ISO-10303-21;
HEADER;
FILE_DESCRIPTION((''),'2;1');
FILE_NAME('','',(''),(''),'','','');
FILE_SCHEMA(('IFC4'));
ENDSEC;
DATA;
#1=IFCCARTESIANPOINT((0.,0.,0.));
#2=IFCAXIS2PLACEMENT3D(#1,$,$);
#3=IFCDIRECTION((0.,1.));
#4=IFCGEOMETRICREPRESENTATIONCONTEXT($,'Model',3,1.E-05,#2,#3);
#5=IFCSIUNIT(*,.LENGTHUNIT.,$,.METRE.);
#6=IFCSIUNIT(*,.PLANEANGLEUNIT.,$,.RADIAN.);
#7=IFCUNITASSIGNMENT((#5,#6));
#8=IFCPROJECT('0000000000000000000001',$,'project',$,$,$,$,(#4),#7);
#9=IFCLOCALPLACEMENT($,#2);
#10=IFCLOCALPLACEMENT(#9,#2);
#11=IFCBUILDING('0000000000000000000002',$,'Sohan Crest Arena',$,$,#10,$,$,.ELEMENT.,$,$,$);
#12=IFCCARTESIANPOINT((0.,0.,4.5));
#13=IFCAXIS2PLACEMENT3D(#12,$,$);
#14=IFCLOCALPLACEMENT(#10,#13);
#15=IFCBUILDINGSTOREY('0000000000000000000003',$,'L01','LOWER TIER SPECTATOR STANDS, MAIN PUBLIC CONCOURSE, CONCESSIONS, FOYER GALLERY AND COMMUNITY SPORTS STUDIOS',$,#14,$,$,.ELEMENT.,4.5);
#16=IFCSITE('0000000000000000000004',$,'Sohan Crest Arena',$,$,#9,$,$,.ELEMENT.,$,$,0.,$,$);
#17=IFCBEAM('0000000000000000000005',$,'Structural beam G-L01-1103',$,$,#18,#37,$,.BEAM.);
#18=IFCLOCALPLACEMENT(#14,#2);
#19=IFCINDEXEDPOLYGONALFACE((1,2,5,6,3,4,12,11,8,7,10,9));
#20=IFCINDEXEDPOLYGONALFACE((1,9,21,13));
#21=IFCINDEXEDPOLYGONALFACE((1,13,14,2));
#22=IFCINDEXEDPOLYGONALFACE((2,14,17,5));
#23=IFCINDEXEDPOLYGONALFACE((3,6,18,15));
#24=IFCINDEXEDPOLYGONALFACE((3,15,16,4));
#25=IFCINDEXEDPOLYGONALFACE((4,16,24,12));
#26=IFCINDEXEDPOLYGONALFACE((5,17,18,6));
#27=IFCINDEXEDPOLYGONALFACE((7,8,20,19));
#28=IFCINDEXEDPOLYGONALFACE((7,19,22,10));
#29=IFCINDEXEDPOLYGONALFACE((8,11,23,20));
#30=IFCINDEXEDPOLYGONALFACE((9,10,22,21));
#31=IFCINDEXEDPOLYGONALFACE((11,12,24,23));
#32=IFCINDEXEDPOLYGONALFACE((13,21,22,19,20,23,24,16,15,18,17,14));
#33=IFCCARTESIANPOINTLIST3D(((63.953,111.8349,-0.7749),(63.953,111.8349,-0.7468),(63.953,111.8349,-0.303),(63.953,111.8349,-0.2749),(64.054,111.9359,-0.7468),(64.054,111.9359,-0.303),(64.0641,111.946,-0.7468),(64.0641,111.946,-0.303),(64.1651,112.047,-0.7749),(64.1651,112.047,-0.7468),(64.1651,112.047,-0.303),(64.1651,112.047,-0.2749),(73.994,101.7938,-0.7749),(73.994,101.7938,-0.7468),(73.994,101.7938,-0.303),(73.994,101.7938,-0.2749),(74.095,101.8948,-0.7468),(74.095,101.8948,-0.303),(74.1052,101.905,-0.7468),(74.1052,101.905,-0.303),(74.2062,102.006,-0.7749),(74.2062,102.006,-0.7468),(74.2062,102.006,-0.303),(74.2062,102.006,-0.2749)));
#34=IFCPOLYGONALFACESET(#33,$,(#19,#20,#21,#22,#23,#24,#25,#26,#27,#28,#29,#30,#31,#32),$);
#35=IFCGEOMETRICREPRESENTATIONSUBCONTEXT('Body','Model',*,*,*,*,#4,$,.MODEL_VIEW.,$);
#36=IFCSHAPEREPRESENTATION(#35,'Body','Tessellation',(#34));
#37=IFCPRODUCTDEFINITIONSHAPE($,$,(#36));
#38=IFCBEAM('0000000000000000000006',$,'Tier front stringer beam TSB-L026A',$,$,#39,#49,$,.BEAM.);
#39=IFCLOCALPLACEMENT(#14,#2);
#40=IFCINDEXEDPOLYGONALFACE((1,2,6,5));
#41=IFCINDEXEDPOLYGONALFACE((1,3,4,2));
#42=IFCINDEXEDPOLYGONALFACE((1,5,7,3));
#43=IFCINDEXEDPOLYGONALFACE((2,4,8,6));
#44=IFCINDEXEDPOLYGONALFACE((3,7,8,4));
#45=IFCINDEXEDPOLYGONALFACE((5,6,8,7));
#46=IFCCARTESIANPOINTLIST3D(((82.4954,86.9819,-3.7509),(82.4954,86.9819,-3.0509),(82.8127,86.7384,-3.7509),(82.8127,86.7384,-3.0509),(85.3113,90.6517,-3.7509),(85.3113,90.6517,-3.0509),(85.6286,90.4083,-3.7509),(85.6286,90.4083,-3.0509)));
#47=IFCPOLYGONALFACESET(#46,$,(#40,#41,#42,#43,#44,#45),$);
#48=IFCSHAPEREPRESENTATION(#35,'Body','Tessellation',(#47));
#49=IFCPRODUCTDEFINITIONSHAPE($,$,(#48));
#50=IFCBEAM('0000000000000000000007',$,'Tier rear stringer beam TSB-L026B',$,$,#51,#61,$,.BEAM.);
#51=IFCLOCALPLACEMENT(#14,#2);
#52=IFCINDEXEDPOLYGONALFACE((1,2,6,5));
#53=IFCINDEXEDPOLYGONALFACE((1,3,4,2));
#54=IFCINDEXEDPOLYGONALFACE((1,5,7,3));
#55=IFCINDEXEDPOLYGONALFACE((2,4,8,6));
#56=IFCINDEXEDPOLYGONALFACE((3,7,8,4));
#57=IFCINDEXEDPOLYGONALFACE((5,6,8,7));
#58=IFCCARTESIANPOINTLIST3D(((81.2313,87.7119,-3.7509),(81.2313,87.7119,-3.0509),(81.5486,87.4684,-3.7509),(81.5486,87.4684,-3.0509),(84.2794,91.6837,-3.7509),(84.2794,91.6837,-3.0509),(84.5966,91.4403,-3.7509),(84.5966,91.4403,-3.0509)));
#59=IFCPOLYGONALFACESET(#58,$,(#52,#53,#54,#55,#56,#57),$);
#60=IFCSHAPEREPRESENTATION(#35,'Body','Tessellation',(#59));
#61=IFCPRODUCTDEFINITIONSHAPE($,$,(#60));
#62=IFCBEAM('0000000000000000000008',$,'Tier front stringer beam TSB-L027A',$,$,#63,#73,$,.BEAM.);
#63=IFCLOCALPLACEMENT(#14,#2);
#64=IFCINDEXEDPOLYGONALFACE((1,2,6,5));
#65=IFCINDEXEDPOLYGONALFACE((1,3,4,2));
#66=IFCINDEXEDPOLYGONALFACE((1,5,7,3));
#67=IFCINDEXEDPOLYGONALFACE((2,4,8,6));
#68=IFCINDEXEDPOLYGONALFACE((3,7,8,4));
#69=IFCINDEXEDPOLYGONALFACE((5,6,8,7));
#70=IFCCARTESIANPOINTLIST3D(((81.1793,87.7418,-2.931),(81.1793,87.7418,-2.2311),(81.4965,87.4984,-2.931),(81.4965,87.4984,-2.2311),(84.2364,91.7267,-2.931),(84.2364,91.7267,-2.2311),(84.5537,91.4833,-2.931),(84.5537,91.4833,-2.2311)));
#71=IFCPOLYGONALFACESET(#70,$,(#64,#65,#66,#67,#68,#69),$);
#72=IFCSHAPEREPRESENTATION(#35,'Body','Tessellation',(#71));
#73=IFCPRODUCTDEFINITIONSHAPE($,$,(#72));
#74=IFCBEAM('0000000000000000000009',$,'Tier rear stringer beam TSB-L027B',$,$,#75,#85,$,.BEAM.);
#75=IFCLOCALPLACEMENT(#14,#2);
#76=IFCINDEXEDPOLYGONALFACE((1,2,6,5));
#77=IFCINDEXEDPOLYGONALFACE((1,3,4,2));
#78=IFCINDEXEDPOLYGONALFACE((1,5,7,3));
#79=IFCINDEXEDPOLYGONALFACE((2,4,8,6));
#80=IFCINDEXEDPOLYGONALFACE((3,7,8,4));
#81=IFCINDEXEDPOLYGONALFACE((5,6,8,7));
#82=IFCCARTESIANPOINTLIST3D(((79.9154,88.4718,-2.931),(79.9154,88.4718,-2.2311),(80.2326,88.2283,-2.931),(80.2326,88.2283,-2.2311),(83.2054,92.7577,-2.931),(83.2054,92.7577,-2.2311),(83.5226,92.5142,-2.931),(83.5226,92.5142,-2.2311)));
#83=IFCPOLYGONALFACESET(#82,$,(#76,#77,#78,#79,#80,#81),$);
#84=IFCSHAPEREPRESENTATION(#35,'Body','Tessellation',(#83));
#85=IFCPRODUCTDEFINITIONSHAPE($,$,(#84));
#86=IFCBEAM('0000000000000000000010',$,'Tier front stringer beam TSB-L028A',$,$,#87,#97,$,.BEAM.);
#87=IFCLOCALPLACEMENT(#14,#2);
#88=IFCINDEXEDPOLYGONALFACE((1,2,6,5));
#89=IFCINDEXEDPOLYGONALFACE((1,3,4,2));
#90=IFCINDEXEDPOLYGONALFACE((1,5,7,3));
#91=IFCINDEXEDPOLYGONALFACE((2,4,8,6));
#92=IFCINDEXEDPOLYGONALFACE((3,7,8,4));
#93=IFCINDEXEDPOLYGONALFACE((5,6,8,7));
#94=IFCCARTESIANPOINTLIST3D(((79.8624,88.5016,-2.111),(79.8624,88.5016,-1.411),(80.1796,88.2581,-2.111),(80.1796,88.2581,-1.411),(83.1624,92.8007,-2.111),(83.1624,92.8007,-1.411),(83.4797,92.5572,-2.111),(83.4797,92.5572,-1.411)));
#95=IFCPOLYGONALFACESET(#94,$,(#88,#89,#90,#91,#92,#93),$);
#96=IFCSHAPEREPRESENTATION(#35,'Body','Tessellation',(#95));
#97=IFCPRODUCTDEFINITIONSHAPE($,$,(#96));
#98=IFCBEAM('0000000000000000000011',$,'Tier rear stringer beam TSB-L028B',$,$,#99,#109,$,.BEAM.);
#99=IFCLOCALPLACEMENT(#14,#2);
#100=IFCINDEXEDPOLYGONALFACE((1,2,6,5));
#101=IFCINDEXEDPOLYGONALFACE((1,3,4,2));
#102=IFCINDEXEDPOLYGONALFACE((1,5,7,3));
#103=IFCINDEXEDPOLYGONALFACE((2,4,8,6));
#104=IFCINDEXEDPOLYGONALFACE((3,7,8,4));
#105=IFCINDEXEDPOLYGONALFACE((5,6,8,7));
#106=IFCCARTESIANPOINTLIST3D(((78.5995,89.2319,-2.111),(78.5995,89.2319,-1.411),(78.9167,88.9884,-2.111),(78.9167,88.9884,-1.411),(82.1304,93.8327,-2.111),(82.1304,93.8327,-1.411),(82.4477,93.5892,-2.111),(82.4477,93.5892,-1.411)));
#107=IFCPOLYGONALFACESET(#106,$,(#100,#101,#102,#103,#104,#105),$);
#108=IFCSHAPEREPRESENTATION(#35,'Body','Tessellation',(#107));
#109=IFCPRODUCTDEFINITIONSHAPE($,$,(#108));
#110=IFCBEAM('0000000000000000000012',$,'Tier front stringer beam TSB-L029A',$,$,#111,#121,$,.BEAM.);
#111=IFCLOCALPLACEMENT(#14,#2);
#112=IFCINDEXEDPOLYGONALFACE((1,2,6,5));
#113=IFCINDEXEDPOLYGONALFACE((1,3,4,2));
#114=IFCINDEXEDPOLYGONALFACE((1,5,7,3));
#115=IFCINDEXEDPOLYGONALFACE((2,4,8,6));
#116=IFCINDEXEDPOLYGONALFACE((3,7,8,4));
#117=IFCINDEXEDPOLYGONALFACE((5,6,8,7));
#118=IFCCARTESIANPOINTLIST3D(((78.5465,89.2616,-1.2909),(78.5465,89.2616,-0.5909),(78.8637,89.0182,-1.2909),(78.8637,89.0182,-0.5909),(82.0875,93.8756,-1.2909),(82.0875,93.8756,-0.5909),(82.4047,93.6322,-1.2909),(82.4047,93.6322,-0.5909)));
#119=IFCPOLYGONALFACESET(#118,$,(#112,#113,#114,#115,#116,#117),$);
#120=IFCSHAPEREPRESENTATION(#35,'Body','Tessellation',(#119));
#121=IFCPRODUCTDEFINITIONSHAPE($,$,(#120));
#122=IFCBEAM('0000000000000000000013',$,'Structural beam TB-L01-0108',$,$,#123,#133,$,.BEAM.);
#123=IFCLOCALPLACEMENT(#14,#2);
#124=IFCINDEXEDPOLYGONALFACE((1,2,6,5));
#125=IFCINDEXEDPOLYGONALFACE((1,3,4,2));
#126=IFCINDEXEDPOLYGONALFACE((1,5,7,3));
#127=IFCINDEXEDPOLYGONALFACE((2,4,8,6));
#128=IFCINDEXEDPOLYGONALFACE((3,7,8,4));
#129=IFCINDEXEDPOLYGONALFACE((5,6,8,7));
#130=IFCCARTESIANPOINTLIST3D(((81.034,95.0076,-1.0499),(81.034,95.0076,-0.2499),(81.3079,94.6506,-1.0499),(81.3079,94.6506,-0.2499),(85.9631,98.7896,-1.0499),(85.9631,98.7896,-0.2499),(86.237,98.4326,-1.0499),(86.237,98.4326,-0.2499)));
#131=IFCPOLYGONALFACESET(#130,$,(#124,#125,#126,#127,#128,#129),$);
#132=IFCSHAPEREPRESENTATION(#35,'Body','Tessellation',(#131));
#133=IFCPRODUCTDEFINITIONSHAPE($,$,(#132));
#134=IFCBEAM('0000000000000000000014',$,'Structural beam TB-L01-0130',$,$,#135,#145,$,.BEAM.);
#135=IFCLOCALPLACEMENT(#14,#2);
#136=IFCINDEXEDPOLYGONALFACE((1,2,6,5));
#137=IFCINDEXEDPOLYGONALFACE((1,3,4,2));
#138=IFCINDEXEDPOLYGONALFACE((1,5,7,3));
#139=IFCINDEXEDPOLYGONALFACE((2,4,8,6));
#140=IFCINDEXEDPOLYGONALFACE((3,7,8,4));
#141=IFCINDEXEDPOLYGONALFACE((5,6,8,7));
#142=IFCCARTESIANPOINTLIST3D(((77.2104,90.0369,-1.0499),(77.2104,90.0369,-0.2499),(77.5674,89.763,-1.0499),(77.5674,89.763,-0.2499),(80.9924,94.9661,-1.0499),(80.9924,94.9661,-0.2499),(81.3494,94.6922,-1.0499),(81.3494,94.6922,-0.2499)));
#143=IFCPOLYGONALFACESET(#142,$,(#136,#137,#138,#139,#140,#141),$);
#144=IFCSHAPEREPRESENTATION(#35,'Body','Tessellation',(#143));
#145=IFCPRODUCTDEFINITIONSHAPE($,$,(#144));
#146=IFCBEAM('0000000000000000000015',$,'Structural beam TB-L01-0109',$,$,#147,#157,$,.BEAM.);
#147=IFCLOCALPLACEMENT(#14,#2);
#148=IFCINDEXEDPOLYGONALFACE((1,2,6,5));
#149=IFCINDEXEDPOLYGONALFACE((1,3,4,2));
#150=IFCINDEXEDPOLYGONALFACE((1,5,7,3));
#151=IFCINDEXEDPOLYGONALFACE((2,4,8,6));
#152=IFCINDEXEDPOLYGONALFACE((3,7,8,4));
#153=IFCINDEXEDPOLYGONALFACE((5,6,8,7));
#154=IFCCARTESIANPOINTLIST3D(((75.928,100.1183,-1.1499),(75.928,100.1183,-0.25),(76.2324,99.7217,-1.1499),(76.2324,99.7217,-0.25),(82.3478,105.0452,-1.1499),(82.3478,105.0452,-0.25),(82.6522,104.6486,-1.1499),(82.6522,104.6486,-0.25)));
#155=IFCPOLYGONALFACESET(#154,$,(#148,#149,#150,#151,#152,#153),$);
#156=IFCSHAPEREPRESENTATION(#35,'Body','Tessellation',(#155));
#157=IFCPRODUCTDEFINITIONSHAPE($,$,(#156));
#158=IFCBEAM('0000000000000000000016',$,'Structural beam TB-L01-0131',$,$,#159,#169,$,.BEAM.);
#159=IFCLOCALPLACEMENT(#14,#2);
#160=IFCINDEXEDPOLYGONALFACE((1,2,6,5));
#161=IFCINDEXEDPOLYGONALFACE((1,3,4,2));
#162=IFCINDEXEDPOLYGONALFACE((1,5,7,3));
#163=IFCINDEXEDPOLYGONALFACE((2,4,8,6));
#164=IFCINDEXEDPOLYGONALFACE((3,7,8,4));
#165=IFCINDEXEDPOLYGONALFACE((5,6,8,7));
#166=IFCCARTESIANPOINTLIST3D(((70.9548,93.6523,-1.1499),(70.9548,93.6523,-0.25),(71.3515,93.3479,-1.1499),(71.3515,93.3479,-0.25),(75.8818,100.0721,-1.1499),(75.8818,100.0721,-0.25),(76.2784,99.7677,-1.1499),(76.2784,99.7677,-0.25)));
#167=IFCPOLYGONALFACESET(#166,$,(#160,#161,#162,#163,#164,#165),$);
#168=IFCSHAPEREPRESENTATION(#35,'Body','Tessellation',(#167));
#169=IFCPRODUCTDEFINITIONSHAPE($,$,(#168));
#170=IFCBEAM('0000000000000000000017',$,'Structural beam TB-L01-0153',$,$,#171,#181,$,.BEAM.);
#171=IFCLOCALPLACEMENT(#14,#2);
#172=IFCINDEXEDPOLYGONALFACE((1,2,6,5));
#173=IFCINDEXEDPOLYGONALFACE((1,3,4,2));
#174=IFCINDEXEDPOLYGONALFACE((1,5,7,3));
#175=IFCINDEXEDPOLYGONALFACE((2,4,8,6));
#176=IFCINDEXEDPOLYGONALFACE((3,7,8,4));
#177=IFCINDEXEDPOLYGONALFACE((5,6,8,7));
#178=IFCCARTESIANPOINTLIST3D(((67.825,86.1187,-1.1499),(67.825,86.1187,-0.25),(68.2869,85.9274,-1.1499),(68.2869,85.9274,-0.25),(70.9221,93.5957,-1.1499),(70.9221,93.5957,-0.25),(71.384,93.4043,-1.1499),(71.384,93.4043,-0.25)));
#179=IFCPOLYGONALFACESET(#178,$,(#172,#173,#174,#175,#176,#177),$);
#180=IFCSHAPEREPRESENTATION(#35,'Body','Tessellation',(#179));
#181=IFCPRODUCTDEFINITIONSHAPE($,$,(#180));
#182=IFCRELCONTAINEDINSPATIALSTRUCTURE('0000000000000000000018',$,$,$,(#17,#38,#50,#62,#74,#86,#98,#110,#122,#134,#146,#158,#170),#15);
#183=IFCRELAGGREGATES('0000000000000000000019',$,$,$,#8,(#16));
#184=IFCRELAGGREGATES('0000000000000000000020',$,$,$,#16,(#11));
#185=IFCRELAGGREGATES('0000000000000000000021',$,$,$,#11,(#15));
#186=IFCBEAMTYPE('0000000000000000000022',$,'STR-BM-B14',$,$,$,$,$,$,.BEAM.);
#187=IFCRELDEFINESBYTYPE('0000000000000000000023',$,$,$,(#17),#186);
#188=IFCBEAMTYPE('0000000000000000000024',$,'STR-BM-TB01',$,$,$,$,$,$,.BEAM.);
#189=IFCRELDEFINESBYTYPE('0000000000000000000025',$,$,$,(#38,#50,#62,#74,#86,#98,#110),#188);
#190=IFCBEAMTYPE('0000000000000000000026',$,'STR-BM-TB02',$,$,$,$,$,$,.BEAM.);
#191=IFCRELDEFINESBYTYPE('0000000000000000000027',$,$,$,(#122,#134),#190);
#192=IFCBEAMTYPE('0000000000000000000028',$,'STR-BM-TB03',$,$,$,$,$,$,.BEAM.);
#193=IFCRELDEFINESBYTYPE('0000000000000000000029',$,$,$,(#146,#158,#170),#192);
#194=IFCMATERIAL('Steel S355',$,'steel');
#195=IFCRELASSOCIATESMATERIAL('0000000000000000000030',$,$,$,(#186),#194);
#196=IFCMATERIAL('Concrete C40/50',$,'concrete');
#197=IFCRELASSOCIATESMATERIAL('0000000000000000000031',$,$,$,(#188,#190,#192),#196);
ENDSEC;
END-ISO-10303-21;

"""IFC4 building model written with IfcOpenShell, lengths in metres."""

from ifc_helpers import new_model, si_unit, direction, frame, origin, origin_2d, place, context, subcontext, project, spatial, rectangle, i_section, extrude, material, material_profile, profile_set, type_object, element, save


model = new_model("IFC4")

# Units and contexts
model_context = context("Model", 3, precision=1e-05, world=origin(), true_north=direction((0.0, 1.0)))
body_context = subcontext(model_context, "Body", "Model", "MODEL_VIEW")
ifc_project = project(units=[si_unit("LENGTHUNIT", "METRE"), si_unit("PLANEANGLEUNIT", "RADIAN")], contexts=[model_context])

# Site, building, storey
site_placement = place(None, origin())
site = spatial("IfcSite", under=ifc_project, at=site_placement, Name="Sohan Crest Arena", CompositionType="ELEMENT", RefElevation=0.0)
building_placement = place(site_placement, origin())
building = spatial("IfcBuilding", under=site, at=building_placement, Name="Sohan Crest Arena", CompositionType="ELEMENT")
storey_placement = place(building_placement, frame((0.0, 0.0, 4.5)))
storey = spatial("IfcBuildingStorey", under=building, at=storey_placement, Name="L01", Description="LOWER TIER SPECTATOR STANDS, MAIN PUBLIC CONCOURSE, CONCESSIONS, FOYER GALLERY AND COMMUNITY SPORTS STUDIOS", CompositionType="ELEMENT", Elevation=4.5)

# Shared definitions
ifc_material_1 = material(Name="Concrete C40/50", Category="concrete")
ifc_material_2 = material(Name="Steel S355", Category="steel")

# Beams
ifc_material_profile_1 = material_profile(ifc_material_2, i_section(OverallWidth=0.3, OverallDepth=0.5, WebThickness=0.0144, FlangeThickness=0.0281, at=origin_2d()), Name="HEB 500")
ifc_profile_set_1 = profile_set([ifc_material_profile_1], Name="Steel S355")
beam_type_1 = type_object("IfcBeamType", Name="STR-BM-B14", PredefinedType="BEAM", material=ifc_profile_set_1)
beam_1_placement = place(storey_placement, frame((74.1001, 101.8999, -0.5249), z_axis=(-0.707107, 0.707107, 0.0), x_axis=(-0.707107, -0.707107, 0.0)))
element("IfcBeam", 1, at=beam_1_placement, inside=storey, type_object=beam_type_1, Name="Structural beam G-L01-1103", PredefinedType="BEAM", context=body_context, shape_type="SweptSolid", body=[
    extrude(i_section(OverallWidth=0.3, OverallDepth=0.5, WebThickness=0.0144, FlangeThickness=0.0281, at=origin_2d()), origin(), (0.0, 0.0, 1.0), 14.2002),
])
ifc_material_profile_2 = material_profile(ifc_material_1, rectangle(XDim=0.3999, YDim=0.7, at=origin_2d()), Name="RC-BM 400x700")
ifc_profile_set_2 = profile_set([ifc_material_profile_2], Name="Concrete C40/50")
beam_type_2 = type_object("IfcBeamType", Name="STR-BM-TB01", PredefinedType="BEAM", material=ifc_profile_set_2)
beam_2_placement = place(storey_placement, frame((85.47, 90.53, -3.4009), z_axis=(-0.608746, -0.793365, 0.0), x_axis=(0.793365, -0.608746, 0.0)))
element("IfcBeam", 2, at=beam_2_placement, inside=storey, type_object=beam_type_2, Name="Tier front stringer beam TSB-L026A", PredefinedType="BEAM", context=body_context, shape_type="SweptSolid", body=[
    extrude(rectangle(XDim=0.3999, YDim=0.7, at=origin_2d()), origin(), (0.0, 0.0, 1.0), 4.6257),
])
beam_3_placement = place(storey_placement, frame((84.438, 91.562, -3.4009), z_axis=(-0.608803, -0.793321, 0.0), x_axis=(0.793321, -0.608803, 0.0)))
element("IfcBeam", 3, at=beam_3_placement, inside=storey, type_object=beam_type_2, Name="Tier rear stringer beam TSB-L026B", PredefinedType="BEAM", context=body_context, shape_type="SweptSolid", body=[
    extrude(rectangle(XDim=0.3999, YDim=0.7, at=origin_2d()), origin(), (0.0, 0.0, 1.0), 5.0066),
])
beam_4_placement = place(storey_placement, frame((84.395, 91.605, -2.5811), z_axis=(-0.608691, -0.793408, 0.0), x_axis=(0.793408, -0.608691, 0.0)))
element("IfcBeam", 4, at=beam_4_placement, inside=storey, type_object=beam_type_2, Name="Tier front stringer beam TSB-L027A", PredefinedType="BEAM", context=body_context, shape_type="SweptSolid", body=[
    extrude(rectangle(XDim=0.3999, YDim=0.7, at=origin_2d()), origin(), (0.0, 0.0, 1.0), 5.0225),
])
beam_5_placement = place(storey_placement, frame((83.364, 92.636, -2.5811), z_axis=(-0.60892, -0.793232, 0.0), x_axis=(0.793232, -0.60892, 0.0)))
element("IfcBeam", 5, at=beam_5_placement, inside=storey, type_object=beam_type_2, Name="Tier rear stringer beam TSB-L027B", PredefinedType="BEAM", context=body_context, shape_type="SweptSolid", body=[
    extrude(rectangle(XDim=0.3999, YDim=0.7, at=origin_2d()), origin(), (0.0, 0.0, 1.0), 5.4031),
])
beam_6_placement = place(storey_placement, frame((83.321, 92.679, -1.761), z_axis=(-0.608907, -0.793242, 0.0), x_axis=(0.793242, -0.608907, 0.0)))
element("IfcBeam", 6, at=beam_6_placement, inside=storey, type_object=beam_type_2, Name="Tier front stringer beam TSB-L028A", PredefinedType="BEAM", context=body_context, shape_type="SweptSolid", body=[
    extrude(rectangle(XDim=0.3999, YDim=0.7, at=origin_2d()), origin(), (0.0, 0.0, 1.0), 5.4197),
])
beam_7_placement = place(storey_placement, frame((82.2891, 93.7109, -1.761), z_axis=(-0.608834, -0.793298, 0.0), x_axis=(0.793298, -0.608834, 0.0)))
element("IfcBeam", 7, at=beam_7_placement, inside=storey, type_object=beam_type_2, Name="Tier rear stringer beam TSB-L028B", PredefinedType="BEAM", context=body_context, shape_type="SweptSolid", body=[
    extrude(rectangle(XDim=0.3999, YDim=0.7, at=origin_2d()), origin(), (0.0, 0.0, 1.0), 5.7996),
])
beam_8_placement = place(storey_placement, frame((82.2461, 93.7539, -0.9409), z_axis=(-0.608822, -0.793307, 0.0), x_axis=(0.793307, -0.608822, 0.0)))
element("IfcBeam", 8, at=beam_8_placement, inside=storey, type_object=beam_type_2, Name="Tier front stringer beam TSB-L029A", PredefinedType="BEAM", context=body_context, shape_type="SweptSolid", body=[
    extrude(rectangle(XDim=0.3999, YDim=0.7, at=origin_2d()), origin(), (0.0, 0.0, 1.0), 5.8162),
])
ifc_material_profile_3 = material_profile(ifc_material_1, rectangle(XDim=0.45, YDim=0.8, at=origin_2d()), Name="RC-BM 450x800")
ifc_profile_set_3 = profile_set([ifc_material_profile_3], Name="Concrete C40/50")
beam_type_3 = type_object("IfcBeamType", Name="STR-BM-TB02", PredefinedType="BEAM", material=ifc_profile_set_3)
for number, where, z_axis, x_axis, name in (
    (9, (86.1001, 98.6111, -0.6499), (-0.793379, -0.608728, 0.0), (0.608728, -0.793379, 0.0), "Structural beam TB-L01-0108"),
    (10, (81.1709, 94.8291, -0.6499), (-0.608728, -0.793379, 0.0), (0.793379, -0.608728, 0.0), "Structural beam TB-L01-0130"),
):
    element("IfcBeam", number, at=place(storey_placement, frame(where, z_axis=z_axis, x_axis=x_axis)), inside=storey, type_object=beam_type_3, Name=name, PredefinedType="BEAM", context=body_context, shape_type="SweptSolid", body=[
        extrude(rectangle(XDim=0.45, YDim=0.8, at=origin_2d()), origin(), (0.0, 0.0, 1.0), 6.2129),
    ])
ifc_material_profile_4 = material_profile(ifc_material_1, rectangle(XDim=0.5, YDim=0.8999, at=origin_2d()), Name="RC-BM 500x900")
ifc_profile_set_4 = profile_set([ifc_material_profile_4], Name="Concrete C40/50")
beam_type_4 = type_object("IfcBeamType", Name="STR-BM-TB03", PredefinedType="BEAM", material=ifc_profile_set_4)
for number, where, z_axis, x_axis, name in (
    (11, (82.5, 104.8469, -0.7), (-0.793304, -0.608825, 0.0), (0.608825, -0.793304, 0.0), "Structural beam TB-L01-0109"),
    (12, (76.0801, 99.9199, -0.7), (-0.608825, -0.793304, 0.0), (0.793304, -0.608825, 0.0), "Structural beam TB-L01-0131"),
):
    element("IfcBeam", number, at=place(storey_placement, frame(where, z_axis=z_axis, x_axis=x_axis)), inside=storey, type_object=beam_type_4, Name=name, PredefinedType="BEAM", context=body_context, shape_type="SweptSolid", body=[
        extrude(rectangle(XDim=0.5, YDim=0.8999, at=origin_2d()), origin(), (0.0, 0.0, 1.0), 8.0925),
    ])
beam_9_placement = place(storey_placement, frame((71.1531, 93.5, -0.7), z_axis=(-0.382691, -0.923876, 0.0), x_axis=(0.923876, -0.382691, 0.0)))
element("IfcBeam", 13, at=beam_9_placement, inside=storey, type_object=beam_type_4, Name="Structural beam TB-L01-0153", PredefinedType="BEAM", context=body_context, shape_type="SweptSolid", body=[
    extrude(rectangle(XDim=0.5, YDim=0.8999, at=origin_2d()), origin(), (0.0, 0.0, 1.0), 8.093),
])

save(model, "model.ifc")
